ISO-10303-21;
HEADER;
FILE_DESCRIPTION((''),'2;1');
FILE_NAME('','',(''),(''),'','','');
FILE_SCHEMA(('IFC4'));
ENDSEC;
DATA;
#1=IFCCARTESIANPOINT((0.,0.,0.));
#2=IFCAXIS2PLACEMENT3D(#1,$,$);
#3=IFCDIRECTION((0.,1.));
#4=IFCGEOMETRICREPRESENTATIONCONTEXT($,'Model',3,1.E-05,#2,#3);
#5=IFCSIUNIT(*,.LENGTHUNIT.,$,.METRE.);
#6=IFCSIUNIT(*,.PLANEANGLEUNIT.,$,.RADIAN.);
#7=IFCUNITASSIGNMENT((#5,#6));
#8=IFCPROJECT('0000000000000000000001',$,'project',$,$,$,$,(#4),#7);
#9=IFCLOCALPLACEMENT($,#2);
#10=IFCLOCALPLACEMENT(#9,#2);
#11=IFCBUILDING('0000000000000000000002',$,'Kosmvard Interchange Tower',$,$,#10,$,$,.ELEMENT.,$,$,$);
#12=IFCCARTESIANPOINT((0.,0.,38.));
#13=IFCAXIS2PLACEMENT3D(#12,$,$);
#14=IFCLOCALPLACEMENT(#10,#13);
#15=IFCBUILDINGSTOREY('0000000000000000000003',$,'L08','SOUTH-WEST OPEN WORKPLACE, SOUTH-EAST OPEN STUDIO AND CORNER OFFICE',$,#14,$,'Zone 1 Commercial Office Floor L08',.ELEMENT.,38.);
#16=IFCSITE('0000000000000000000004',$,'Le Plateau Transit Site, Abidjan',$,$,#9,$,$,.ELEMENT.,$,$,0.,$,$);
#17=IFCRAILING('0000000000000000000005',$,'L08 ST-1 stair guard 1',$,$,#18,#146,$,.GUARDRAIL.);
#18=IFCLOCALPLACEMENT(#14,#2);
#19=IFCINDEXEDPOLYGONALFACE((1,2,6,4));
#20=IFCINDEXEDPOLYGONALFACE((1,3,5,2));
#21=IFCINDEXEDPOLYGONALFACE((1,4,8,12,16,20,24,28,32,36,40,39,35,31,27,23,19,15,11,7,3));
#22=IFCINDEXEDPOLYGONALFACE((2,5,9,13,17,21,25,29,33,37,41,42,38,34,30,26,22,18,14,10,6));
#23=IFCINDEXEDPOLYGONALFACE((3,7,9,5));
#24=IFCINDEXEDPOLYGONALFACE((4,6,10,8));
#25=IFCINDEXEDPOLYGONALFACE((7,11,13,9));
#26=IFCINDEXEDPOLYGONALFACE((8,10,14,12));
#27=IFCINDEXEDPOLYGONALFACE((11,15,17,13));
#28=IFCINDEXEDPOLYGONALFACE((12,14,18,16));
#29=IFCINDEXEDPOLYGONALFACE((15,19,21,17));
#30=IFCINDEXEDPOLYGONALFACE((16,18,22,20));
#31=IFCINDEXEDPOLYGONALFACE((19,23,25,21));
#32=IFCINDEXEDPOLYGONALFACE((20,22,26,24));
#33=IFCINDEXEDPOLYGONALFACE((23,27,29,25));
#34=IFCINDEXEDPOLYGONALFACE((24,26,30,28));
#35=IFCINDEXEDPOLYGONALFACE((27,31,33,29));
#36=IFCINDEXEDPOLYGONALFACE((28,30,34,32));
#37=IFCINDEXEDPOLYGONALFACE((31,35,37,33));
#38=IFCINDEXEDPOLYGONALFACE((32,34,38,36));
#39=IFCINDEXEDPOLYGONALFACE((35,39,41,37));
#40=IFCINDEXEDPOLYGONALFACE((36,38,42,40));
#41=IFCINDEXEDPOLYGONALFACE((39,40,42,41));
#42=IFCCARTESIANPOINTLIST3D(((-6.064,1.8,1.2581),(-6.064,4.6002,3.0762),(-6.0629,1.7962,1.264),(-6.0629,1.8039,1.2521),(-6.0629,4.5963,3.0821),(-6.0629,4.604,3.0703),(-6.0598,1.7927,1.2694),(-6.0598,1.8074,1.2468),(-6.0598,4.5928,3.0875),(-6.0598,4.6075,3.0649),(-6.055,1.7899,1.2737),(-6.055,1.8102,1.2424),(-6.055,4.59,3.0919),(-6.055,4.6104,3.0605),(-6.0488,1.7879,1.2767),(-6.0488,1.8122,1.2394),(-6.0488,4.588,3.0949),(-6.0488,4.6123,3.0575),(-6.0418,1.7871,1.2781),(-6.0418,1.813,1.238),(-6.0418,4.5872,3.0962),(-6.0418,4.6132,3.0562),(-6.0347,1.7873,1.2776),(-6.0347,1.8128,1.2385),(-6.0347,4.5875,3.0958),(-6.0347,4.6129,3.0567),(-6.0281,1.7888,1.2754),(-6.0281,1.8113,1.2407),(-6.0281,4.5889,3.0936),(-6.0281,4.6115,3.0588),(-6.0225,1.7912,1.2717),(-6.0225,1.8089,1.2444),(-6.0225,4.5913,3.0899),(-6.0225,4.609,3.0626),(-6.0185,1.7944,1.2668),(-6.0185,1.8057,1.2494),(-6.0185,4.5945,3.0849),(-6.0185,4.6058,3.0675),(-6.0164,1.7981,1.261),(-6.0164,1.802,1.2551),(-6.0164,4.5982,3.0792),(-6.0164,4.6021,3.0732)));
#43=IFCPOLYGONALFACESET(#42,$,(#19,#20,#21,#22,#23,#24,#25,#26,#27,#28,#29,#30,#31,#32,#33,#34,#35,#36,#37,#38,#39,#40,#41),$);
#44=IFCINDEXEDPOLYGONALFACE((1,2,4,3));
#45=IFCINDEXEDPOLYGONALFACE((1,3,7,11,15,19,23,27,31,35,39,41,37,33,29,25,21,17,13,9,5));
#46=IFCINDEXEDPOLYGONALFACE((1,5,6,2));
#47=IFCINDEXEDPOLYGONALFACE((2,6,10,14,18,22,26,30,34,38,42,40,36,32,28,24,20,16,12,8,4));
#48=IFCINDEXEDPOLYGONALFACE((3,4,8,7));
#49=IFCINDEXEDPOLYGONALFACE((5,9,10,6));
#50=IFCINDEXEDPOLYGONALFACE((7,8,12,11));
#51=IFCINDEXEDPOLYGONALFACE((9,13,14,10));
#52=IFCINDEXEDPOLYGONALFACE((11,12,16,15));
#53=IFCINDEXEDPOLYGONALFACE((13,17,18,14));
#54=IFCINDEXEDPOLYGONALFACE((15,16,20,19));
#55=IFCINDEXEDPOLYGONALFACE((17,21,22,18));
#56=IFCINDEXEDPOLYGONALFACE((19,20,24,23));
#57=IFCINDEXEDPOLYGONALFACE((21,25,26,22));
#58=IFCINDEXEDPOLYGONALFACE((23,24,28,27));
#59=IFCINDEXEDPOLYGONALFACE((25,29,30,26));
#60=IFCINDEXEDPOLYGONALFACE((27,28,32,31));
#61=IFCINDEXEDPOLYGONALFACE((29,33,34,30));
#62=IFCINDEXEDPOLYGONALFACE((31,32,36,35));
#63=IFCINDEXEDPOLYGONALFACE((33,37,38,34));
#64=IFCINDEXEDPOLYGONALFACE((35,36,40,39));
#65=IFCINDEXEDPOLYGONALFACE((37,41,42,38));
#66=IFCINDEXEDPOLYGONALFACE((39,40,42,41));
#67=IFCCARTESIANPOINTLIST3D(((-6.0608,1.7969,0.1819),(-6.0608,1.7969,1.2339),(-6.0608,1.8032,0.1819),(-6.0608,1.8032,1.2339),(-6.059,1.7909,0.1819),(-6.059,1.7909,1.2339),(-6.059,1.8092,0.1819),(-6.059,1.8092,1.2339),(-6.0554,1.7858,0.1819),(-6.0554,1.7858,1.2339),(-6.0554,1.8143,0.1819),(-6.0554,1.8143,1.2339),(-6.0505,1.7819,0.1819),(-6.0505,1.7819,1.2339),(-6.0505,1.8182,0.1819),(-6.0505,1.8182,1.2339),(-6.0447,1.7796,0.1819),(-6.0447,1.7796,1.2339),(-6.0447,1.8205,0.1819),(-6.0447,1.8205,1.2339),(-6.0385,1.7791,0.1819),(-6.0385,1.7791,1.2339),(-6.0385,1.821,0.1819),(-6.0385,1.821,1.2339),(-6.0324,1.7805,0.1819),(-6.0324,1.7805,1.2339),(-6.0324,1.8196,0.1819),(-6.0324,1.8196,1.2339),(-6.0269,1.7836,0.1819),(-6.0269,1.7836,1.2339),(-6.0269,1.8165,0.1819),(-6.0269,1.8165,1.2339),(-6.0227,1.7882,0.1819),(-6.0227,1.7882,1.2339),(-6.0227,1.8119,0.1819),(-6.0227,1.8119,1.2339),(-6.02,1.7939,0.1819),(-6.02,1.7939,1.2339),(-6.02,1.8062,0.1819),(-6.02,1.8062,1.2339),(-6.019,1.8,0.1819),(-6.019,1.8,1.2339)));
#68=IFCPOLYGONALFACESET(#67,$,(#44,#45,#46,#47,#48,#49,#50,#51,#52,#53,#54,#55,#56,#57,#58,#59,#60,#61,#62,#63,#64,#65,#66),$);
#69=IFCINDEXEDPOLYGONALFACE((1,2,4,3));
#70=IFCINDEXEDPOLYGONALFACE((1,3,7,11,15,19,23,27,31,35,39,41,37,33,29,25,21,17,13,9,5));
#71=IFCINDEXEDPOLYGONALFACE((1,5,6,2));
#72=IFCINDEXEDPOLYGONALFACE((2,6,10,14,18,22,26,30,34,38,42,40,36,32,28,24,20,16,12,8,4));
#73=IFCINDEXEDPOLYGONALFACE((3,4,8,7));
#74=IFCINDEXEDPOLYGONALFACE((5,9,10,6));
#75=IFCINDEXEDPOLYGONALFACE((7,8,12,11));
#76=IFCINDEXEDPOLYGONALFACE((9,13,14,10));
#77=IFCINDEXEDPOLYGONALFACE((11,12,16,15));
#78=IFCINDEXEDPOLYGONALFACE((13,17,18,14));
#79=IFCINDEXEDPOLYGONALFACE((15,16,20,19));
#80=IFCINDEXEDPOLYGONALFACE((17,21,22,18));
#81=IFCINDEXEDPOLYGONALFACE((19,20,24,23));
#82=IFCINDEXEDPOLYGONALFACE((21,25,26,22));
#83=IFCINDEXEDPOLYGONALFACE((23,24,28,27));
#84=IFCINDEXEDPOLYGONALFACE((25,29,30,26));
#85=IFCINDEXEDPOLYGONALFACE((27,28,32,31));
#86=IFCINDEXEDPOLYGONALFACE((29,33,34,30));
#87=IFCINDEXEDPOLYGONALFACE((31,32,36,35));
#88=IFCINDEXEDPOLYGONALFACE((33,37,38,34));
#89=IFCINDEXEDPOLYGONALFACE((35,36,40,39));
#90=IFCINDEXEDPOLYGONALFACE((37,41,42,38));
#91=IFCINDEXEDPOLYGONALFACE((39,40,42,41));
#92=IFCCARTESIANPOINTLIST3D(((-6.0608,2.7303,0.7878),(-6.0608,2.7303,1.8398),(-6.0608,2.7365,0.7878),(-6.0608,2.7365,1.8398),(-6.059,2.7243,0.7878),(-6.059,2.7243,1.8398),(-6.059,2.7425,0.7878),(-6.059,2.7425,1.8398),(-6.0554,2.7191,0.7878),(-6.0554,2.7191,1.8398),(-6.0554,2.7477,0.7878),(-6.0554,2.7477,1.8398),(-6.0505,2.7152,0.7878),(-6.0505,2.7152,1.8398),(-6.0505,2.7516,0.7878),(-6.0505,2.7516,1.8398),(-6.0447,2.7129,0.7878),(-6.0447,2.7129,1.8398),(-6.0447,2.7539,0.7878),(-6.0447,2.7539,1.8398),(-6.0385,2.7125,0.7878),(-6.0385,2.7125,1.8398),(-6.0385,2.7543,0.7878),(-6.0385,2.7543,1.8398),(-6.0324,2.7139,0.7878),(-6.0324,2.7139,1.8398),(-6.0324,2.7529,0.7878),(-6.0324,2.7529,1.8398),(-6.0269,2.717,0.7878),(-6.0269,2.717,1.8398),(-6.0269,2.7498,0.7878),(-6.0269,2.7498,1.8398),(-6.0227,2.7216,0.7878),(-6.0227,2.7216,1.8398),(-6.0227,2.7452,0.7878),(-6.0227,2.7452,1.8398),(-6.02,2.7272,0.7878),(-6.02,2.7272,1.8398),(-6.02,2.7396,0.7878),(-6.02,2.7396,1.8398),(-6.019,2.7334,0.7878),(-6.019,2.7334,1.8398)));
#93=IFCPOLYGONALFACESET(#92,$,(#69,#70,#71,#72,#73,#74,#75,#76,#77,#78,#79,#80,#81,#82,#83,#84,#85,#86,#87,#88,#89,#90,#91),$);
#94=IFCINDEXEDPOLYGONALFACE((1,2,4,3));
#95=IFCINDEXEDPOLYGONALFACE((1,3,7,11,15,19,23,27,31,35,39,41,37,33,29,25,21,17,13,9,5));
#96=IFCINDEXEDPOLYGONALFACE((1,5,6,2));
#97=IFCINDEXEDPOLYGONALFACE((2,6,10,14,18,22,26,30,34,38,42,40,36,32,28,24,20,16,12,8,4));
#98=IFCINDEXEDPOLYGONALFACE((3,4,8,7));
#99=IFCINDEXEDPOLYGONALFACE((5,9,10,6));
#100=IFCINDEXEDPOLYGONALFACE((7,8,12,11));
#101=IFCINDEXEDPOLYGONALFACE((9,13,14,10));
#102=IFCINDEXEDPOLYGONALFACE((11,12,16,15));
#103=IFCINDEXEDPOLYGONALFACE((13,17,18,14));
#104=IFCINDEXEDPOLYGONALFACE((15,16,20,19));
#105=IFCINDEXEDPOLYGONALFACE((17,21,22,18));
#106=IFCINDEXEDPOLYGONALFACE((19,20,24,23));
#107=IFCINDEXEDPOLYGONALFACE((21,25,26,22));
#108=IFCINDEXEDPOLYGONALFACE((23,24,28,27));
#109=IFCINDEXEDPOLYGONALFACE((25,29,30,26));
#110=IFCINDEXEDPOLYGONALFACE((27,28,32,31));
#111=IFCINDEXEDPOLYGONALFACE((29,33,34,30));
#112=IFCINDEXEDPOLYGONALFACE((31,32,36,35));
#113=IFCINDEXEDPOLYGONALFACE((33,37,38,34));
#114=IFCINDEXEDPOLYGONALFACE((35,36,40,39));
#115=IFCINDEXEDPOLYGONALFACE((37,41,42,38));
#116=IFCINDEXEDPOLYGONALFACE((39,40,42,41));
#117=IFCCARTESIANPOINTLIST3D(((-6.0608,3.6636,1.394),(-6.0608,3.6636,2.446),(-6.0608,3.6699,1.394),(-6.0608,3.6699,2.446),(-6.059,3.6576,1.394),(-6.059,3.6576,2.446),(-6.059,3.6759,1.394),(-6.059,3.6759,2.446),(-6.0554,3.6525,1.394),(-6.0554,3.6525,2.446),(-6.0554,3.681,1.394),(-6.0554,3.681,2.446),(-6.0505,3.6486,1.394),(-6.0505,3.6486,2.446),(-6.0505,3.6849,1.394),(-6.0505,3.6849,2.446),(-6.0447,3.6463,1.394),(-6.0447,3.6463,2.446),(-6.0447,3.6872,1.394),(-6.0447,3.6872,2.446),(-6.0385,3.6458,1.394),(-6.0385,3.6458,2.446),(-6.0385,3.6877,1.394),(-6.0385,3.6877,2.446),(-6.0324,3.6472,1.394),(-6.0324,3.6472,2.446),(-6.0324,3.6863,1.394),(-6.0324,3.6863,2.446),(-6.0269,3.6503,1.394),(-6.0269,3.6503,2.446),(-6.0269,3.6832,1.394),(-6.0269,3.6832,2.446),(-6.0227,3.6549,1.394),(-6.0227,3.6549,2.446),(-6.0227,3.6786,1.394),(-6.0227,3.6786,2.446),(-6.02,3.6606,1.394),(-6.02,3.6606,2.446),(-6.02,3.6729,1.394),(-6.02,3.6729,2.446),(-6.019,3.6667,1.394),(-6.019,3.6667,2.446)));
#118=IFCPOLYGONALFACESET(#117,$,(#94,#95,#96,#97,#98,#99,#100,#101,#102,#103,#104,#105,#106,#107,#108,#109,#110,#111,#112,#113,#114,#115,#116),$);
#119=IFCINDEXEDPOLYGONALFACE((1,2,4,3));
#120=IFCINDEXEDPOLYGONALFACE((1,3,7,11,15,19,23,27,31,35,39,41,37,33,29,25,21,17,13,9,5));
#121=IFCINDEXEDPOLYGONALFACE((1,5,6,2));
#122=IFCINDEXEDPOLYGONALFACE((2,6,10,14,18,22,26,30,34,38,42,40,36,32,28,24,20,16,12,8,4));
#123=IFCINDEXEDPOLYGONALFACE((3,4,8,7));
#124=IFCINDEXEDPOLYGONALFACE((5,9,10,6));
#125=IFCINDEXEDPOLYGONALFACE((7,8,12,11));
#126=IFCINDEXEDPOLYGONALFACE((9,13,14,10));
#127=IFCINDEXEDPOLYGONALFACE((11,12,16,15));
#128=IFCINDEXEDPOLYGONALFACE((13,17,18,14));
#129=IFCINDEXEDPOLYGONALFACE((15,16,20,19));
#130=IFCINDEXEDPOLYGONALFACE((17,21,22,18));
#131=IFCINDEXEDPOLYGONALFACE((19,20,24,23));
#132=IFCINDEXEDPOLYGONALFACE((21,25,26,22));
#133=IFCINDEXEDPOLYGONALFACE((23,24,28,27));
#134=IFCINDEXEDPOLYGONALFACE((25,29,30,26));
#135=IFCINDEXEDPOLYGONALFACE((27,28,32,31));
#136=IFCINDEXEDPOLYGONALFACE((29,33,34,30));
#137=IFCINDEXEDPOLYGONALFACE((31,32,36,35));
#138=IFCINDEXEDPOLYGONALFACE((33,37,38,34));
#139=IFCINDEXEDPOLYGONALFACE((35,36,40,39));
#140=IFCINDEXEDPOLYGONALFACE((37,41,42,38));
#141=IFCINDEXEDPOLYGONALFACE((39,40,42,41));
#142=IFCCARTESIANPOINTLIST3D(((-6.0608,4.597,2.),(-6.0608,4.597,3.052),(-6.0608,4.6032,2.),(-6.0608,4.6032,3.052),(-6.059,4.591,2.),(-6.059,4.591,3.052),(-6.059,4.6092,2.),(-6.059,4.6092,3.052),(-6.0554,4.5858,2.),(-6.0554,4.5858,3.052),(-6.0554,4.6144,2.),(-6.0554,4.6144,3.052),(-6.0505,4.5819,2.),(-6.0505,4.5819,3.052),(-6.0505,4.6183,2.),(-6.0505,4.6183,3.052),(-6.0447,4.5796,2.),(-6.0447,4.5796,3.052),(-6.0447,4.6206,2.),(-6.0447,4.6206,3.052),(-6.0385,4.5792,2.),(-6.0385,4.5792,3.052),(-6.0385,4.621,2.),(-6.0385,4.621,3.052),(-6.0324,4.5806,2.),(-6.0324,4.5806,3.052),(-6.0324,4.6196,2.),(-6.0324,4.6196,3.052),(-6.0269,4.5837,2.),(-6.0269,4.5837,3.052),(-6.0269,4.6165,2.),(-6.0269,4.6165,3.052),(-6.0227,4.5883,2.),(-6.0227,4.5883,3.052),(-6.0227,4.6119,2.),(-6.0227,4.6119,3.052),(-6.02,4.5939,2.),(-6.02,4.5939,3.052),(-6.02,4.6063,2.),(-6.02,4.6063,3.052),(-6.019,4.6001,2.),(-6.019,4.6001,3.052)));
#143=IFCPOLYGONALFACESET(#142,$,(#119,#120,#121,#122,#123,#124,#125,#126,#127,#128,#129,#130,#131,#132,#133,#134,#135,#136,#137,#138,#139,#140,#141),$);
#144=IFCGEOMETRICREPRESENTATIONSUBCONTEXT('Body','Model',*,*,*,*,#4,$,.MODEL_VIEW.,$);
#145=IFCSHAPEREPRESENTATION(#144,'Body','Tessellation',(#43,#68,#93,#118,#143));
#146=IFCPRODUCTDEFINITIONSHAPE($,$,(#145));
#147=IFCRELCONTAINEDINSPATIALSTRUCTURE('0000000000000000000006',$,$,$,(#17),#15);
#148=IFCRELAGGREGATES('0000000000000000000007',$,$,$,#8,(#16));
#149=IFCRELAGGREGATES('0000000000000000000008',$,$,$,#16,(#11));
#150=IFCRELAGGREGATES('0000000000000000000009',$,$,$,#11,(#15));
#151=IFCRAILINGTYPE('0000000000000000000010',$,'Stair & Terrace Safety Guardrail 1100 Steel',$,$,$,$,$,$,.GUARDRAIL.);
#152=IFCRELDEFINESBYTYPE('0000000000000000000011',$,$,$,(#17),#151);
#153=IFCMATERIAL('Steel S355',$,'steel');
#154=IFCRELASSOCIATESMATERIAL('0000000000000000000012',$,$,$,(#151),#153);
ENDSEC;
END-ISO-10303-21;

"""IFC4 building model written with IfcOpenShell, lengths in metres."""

from ifc_helpers import new_model, si_unit, direction, frame, origin, origin_2d, place, context, subcontext, project, spatial, circle, extrude, source, transform, mapped, material, type_object, element, save


model = new_model("IFC4")

# Units and contexts
model_context = context("Model", 3, precision=1e-05, world=origin(), true_north=direction((0.0, 1.0)))
body_context = subcontext(model_context, "Body", "Model", "MODEL_VIEW")
ifc_project = project(units=[si_unit("LENGTHUNIT", "METRE"), si_unit("PLANEANGLEUNIT", "RADIAN")], contexts=[model_context])

# Site, building, storey
site_placement = place(None, origin())
site = spatial("IfcSite", under=ifc_project, at=site_placement, Name="Le Plateau Transit Site, Abidjan", CompositionType="ELEMENT", RefElevation=0.0)
building_placement = place(site_placement, origin())
building = spatial("IfcBuilding", under=site, at=building_placement, Name="Kosmvard Interchange Tower", CompositionType="ELEMENT")
storey_placement = place(building_placement, frame((0.0, 0.0, 38.0)))
storey = spatial("IfcBuildingStorey", under=building, at=storey_placement, Name="L08", Description="SOUTH-WEST OPEN WORKPLACE, SOUTH-EAST OPEN STUDIO AND CORNER OFFICE", LongName="Zone 1 Commercial Office Floor L08", CompositionType="ELEMENT", Elevation=38.0)

# Railing
ifc_material_1 = material(Name="Steel S355", Category="steel")
railing_type_1 = type_object("IfcRailingType", Name="Stair & Terrace Safety Guardrail 1100 Steel", PredefinedType="GUARDRAIL", material=ifc_material_1)
shared_shape_1 = source(origin(), body_context, "Body", "SweptSolid", [
    extrude(circle(Radius=0.0239, at=origin_2d()), frame((0.0, 0.0, 1.0762), z_axis=(0.0, 0.838706, 0.544585), x_axis=(-1.0, 0.0, 0.0)), (0.0, 0.0, 1.0), 3.3386),
    extrude(circle(Radius=0.021, at=origin_2d()), origin(), (0.0, 0.0, 1.0), 1.052),
    extrude(circle(Radius=0.021, at=origin_2d()), frame((0.0, 0.9333, 0.606)), (0.0, 0.0, 1.0), 1.052),
    extrude(circle(Radius=0.021, at=origin_2d()), frame((0.0, 1.8667, 1.2122)), (0.0, 0.0, 1.0), 1.052),
    extrude(circle(Radius=0.021, at=origin_2d()), frame((0.0, 2.8, 1.8181)), (0.0, 0.0, 1.0), 1.052),
])
railing_1_placement = place(storey_placement, frame((-6.04, 1.8, 0.1819)))
element("IfcRailing", 1, at=railing_1_placement, inside=storey, type_object=railing_type_1, Name="L08 ST-1 stair guard 1", PredefinedType="GUARDRAIL", context=body_context, shape_type="MappedRepresentation", body=[
    mapped(shared_shape_1, transform((0.0, 0.0, 0.0), scale=1.0)),
])

save(model, "model.ifc")
